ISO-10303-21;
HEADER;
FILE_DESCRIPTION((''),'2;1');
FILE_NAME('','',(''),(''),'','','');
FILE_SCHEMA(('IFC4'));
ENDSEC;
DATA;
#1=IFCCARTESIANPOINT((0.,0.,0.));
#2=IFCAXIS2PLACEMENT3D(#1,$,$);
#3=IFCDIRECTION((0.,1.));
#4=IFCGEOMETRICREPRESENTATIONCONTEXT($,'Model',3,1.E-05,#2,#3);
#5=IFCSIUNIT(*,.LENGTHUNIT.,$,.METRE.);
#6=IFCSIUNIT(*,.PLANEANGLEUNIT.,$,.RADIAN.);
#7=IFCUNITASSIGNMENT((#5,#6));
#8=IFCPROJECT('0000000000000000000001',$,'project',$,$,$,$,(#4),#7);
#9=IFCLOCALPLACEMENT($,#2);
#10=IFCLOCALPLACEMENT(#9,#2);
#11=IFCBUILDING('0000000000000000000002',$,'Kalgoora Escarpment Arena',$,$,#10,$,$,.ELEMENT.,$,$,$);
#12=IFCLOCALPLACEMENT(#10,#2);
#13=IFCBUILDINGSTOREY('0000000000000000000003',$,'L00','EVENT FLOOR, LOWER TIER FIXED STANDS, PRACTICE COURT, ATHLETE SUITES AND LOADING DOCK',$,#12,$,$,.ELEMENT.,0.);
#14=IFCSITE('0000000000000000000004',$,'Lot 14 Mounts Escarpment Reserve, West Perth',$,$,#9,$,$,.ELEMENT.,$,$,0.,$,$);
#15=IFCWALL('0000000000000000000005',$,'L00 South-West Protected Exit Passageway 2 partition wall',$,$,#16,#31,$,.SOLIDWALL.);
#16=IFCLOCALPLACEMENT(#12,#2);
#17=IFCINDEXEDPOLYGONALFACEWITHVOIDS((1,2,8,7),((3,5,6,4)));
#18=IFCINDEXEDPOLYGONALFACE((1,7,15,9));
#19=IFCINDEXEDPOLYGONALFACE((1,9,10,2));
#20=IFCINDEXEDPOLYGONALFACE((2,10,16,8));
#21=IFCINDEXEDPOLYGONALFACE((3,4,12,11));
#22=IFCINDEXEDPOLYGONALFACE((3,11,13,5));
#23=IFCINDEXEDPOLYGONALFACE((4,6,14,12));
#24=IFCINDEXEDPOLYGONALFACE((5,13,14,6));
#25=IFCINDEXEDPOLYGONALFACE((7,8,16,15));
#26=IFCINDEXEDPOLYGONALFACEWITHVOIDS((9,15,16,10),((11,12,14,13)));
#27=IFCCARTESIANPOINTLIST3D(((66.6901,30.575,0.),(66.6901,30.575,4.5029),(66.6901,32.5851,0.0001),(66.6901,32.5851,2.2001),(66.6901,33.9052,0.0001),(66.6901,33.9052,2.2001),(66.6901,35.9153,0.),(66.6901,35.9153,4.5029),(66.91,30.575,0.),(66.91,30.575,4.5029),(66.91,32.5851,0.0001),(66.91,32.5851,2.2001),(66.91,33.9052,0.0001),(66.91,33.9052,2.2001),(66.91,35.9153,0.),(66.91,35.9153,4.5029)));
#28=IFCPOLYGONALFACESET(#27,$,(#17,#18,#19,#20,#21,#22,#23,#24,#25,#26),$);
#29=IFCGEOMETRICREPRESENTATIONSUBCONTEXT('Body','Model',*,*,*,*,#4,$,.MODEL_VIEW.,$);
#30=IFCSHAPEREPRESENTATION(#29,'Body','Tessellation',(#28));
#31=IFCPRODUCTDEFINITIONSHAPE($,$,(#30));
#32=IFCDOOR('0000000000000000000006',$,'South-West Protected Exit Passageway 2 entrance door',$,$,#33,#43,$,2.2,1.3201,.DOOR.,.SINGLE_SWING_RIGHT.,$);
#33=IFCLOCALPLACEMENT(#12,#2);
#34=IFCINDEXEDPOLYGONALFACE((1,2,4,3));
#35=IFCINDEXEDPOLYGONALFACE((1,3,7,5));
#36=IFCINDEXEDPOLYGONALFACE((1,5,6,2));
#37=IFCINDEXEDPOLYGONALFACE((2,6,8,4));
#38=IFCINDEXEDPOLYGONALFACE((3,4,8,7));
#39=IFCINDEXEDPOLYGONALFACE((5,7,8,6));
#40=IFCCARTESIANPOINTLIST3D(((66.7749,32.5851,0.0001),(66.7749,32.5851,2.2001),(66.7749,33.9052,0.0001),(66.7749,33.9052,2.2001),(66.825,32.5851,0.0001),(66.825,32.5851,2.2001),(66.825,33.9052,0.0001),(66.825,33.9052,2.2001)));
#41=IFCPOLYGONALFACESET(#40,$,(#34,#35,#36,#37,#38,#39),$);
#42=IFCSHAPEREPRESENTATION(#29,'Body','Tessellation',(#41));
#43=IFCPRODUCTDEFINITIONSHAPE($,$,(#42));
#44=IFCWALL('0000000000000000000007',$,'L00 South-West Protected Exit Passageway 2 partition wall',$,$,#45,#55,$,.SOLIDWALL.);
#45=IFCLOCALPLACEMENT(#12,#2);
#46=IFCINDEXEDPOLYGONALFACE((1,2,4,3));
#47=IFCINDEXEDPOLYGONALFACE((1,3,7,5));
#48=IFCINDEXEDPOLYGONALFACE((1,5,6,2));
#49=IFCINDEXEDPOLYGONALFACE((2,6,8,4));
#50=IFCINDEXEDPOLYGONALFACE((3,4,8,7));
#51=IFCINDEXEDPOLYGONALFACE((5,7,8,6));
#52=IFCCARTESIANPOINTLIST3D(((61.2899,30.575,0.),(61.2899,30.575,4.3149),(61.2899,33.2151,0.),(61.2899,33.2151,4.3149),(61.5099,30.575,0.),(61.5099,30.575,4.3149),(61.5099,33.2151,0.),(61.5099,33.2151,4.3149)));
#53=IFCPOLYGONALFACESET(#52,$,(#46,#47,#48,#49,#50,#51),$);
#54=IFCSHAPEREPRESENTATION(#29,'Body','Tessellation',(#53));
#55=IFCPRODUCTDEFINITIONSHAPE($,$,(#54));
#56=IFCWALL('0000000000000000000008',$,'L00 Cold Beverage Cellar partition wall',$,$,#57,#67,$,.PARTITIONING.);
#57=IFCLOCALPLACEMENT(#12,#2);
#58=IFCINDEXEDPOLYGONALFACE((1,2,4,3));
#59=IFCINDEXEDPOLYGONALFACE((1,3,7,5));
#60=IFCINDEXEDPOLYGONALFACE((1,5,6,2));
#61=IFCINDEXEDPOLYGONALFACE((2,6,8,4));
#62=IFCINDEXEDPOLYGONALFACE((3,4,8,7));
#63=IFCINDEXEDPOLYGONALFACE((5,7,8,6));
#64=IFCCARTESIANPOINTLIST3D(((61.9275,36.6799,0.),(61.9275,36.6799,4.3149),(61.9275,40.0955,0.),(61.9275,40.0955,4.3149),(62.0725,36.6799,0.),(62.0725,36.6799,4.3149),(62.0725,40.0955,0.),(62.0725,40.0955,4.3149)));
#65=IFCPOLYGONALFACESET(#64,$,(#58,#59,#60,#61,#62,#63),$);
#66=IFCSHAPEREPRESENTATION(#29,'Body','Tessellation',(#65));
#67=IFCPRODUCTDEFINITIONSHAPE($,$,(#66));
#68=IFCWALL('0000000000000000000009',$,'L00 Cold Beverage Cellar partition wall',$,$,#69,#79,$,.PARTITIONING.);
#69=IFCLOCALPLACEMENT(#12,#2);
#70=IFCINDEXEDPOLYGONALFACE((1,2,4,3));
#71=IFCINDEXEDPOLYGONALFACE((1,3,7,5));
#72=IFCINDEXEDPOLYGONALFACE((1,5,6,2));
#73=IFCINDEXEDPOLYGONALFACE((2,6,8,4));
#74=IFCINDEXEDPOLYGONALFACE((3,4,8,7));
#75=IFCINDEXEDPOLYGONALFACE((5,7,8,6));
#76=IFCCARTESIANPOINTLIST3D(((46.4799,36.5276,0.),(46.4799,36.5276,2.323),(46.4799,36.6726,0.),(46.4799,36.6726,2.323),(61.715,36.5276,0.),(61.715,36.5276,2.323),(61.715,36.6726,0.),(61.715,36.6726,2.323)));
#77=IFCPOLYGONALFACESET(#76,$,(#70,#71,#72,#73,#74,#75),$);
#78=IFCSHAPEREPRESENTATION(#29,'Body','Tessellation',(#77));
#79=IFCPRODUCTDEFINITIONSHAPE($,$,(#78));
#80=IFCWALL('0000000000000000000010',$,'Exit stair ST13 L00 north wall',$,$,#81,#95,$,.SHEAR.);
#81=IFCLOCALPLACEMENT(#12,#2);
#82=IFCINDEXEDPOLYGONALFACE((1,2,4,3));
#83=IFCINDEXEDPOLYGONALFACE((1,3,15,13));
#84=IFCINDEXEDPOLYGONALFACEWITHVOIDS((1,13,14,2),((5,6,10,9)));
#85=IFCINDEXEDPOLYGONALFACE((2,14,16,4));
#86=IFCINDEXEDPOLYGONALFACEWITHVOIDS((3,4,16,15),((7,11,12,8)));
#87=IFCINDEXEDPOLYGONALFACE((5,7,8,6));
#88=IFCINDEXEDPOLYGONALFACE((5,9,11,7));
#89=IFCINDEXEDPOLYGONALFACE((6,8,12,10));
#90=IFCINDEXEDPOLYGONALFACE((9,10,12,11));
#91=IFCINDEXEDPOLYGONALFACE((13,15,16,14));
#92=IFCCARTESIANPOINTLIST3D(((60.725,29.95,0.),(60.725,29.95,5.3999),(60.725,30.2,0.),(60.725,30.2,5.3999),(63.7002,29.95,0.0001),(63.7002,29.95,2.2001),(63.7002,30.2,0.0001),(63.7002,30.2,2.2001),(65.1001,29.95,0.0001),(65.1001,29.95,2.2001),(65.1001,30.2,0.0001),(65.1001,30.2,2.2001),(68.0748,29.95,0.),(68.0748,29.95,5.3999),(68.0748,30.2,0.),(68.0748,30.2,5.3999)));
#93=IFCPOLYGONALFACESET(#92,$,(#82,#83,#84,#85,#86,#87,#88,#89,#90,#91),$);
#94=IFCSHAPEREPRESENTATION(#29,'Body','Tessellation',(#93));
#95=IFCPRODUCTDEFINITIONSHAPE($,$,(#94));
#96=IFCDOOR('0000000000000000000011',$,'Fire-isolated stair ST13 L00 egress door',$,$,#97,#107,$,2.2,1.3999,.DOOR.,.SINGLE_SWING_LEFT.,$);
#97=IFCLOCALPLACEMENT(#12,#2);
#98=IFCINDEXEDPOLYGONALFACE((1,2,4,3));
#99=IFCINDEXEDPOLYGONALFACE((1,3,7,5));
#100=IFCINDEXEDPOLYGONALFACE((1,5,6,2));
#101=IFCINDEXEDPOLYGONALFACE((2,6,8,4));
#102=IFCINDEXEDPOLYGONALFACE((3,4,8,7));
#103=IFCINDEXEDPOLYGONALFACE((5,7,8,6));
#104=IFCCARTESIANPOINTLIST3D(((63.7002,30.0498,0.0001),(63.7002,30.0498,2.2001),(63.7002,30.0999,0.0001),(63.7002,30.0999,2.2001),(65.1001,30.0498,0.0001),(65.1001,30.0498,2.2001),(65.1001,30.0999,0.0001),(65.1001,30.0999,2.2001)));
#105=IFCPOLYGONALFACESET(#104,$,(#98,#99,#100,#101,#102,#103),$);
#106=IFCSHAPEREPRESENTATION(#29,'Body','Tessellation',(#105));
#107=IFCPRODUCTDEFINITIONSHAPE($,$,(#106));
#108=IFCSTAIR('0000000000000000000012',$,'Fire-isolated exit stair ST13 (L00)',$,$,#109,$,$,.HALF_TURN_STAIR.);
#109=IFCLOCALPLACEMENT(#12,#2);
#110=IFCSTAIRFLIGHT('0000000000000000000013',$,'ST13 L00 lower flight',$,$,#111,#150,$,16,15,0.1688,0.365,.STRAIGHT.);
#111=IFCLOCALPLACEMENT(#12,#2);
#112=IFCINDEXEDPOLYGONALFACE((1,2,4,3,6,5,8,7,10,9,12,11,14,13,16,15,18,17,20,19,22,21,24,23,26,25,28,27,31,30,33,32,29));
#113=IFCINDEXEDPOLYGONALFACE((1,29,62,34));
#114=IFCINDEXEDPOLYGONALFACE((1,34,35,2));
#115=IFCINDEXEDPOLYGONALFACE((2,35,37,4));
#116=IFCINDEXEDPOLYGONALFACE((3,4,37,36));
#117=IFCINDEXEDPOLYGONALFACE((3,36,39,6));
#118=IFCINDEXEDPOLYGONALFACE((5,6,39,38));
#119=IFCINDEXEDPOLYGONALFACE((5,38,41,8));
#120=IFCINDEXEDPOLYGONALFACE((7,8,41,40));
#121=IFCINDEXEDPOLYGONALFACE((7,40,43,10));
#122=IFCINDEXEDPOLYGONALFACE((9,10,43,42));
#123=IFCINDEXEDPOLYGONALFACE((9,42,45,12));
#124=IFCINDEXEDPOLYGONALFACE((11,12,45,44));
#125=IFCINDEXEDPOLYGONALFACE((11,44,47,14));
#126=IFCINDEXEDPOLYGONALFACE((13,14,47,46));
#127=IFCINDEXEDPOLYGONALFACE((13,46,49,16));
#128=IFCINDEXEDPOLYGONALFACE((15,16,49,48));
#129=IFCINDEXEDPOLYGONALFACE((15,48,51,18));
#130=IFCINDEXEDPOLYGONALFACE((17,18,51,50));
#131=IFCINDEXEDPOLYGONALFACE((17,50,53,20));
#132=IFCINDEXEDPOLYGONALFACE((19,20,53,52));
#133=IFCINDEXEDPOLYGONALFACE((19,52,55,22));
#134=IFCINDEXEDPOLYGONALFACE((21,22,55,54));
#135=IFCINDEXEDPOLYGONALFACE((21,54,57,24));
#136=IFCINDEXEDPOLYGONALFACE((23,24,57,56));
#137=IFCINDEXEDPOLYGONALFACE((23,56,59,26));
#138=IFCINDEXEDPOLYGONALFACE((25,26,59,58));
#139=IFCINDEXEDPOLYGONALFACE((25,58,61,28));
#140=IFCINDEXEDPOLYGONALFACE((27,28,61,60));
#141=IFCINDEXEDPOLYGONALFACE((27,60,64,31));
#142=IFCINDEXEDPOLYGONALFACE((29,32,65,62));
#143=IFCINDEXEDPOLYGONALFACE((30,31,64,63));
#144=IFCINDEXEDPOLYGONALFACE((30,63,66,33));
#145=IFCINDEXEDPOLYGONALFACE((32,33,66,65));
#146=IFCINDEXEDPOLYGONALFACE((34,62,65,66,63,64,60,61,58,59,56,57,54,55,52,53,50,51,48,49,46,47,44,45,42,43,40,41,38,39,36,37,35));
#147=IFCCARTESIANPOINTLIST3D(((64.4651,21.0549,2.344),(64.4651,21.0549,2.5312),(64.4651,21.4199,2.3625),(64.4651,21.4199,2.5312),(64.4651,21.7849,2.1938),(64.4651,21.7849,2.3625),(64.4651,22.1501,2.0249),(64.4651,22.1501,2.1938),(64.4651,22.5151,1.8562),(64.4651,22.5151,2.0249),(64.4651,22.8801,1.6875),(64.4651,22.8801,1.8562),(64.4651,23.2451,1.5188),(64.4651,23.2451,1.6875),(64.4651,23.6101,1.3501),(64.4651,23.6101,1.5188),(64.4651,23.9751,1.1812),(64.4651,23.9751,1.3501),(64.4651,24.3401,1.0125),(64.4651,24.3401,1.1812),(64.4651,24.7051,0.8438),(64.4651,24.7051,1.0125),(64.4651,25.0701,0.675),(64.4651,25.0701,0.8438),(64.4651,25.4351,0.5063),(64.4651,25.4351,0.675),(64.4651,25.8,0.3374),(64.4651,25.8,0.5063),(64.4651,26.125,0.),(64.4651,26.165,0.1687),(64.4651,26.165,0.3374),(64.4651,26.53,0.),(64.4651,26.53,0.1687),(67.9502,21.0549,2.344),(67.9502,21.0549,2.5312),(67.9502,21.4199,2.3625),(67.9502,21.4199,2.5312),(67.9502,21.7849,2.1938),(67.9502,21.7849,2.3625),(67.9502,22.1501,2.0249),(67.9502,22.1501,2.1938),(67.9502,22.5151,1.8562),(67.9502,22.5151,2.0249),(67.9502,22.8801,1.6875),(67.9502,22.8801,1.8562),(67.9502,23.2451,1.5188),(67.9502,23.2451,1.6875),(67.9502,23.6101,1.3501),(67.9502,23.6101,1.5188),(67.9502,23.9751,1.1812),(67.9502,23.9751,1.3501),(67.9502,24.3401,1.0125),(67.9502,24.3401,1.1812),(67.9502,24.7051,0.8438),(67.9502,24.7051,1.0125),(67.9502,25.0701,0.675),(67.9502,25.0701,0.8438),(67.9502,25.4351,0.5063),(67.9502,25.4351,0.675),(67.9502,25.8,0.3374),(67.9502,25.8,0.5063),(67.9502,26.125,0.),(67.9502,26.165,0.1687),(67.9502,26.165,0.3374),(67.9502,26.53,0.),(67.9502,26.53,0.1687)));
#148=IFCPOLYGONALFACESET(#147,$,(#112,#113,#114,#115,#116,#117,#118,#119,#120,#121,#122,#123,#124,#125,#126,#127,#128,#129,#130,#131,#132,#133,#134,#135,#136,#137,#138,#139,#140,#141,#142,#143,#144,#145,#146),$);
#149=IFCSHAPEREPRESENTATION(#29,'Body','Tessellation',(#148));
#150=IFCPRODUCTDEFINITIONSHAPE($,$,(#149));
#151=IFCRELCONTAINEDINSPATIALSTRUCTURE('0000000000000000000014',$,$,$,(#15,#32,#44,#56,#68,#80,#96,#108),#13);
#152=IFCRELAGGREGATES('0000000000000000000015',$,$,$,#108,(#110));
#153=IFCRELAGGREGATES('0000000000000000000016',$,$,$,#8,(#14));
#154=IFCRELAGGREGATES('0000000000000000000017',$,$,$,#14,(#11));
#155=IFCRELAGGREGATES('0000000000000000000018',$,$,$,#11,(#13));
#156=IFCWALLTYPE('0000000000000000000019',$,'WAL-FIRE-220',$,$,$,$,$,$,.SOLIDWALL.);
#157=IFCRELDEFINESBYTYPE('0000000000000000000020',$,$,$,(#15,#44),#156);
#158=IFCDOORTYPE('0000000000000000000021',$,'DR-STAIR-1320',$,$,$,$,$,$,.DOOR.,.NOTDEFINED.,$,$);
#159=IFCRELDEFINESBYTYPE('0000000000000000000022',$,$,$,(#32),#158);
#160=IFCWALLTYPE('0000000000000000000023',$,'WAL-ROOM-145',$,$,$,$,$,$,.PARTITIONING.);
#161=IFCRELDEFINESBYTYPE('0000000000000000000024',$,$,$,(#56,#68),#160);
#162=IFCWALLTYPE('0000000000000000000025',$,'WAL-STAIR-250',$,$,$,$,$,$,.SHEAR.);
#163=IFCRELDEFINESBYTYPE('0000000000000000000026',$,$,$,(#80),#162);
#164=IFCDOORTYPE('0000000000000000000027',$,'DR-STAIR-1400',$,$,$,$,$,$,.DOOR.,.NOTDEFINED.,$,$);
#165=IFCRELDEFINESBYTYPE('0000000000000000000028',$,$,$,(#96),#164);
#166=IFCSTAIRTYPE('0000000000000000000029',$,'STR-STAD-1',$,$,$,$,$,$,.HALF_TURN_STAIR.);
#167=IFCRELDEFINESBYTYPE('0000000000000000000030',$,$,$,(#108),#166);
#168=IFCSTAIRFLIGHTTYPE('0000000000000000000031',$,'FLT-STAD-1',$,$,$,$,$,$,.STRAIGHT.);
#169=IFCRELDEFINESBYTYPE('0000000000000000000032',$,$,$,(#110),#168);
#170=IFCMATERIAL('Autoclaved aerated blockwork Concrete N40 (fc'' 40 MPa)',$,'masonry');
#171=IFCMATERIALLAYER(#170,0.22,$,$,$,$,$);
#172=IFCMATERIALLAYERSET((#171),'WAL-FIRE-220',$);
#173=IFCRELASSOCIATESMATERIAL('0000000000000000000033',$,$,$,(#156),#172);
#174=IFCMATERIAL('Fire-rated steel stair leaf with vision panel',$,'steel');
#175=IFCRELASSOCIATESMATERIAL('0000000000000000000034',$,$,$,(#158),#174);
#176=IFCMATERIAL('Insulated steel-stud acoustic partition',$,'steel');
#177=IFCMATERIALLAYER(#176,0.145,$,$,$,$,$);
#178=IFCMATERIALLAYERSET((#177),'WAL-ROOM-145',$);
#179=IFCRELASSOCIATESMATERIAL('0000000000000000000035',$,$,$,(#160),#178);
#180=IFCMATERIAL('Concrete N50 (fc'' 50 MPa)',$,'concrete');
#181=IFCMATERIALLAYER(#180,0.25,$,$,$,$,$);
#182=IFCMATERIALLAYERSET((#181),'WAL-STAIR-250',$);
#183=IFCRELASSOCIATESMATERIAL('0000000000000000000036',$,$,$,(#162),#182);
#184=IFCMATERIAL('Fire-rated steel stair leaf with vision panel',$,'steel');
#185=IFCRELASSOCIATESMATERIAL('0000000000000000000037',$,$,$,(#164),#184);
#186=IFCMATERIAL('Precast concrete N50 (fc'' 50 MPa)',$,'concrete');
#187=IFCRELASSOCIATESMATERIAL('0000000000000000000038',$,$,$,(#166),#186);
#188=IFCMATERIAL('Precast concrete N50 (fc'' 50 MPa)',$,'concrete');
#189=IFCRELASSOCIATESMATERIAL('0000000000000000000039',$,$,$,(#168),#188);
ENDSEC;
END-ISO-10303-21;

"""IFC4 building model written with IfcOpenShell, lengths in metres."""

from ifc_helpers import new_model, si_unit, direction, frame, frame_2d, origin, place, context, subcontext, project, spatial, polyline, rectangle, outline, extrude, material, layer, layer_set, type_object, element, fill, aggregate, save


model = new_model("IFC4")

# Units and contexts
model_context = context("Model", 3, precision=1e-05, world=origin(), true_north=direction((0.0, 1.0)))
body_context = subcontext(model_context, "Body", "Model", "MODEL_VIEW")
ifc_project = project(units=[si_unit("LENGTHUNIT", "METRE"), si_unit("PLANEANGLEUNIT", "RADIAN")], contexts=[model_context])

# Site, building, storey
site_placement = place(None, origin())
site = spatial("IfcSite", under=ifc_project, at=site_placement, Name="Lot 14 Mounts Escarpment Reserve, West Perth", CompositionType="ELEMENT", RefElevation=0.0)
building_placement = place(site_placement, origin())
building = spatial("IfcBuilding", under=site, at=building_placement, Name="Kalgoora Escarpment Arena", CompositionType="ELEMENT")
storey_placement = place(building_placement, origin())
storey = spatial("IfcBuildingStorey", under=building, at=storey_placement, Name="L00", Description="EVENT FLOOR, LOWER TIER FIXED STANDS, PRACTICE COURT, ATHLETE SUITES AND LOADING DOCK", CompositionType="ELEMENT", Elevation=0.0)

# Shared definitions
ifc_material_1 = material(Name="Autoclaved aerated blockwork Concrete N40 (fc' 40 MPa)", Category="masonry")
ifc_layer_1 = layer(ifc_material_1, 0.22)
ifc_layer_set_1 = layer_set([ifc_layer_1], Name="WAL-FIRE-220")
wall_type_1 = type_object("IfcWallType", Name="WAL-FIRE-220", PredefinedType="SOLIDWALL", material=ifc_layer_set_1)

# Wall, opening, door
wall_1_placement = place(storey_placement, frame((66.8, 35.9153, 0.0), z_axis=(0.0, 0.0, 1.0), x_axis=(0.0, -1.0, 0.0)))
wall_1 = element("IfcWall", 1, at=wall_1_placement, inside=storey, type_object=wall_type_1, Name="L00 South-West Protected Exit Passageway 2 partition wall", PredefinedType="SOLIDWALL", context=body_context, shape_type="SweptSolid", body=[
    extrude(rectangle(XDim=5.3403, YDim=0.22, at=frame_2d((2.6702, 0.0))), origin(), (0.0, 0.0, 1.0), 4.5029),
])
opening_1_placement = place(wall_1_placement, frame((2.01, 0.0, 0.0)))
opening_1 = element("IfcOpeningElement", 2, at=opening_1_placement, cuts=wall_1, PredefinedType="OPENING", context=body_context, shape_type="SweptSolid", body=[
    extrude(rectangle(XDim=1.3201, YDim=2.2, at=frame_2d((0.6602, 1.1001))), frame((0.0, 0.1199, 0.0), z_axis=(0.0, -1.0, 0.0), x_axis=(1.0, 0.0, 0.0)), (0.0, 0.0, 1.0), 0.24),
])
ifc_material_2 = material(Name="Fire-rated steel stair leaf with vision panel", Category="steel")
door_type_1 = type_object("IfcDoorType", Name="DR-STAIR-1320", OperationType="NOTDEFINED", PredefinedType="DOOR", material=ifc_material_2)
door_1_placement = place(opening_1_placement, origin())
door_1 = element("IfcDoor", 3, at=door_1_placement, inside=storey, type_object=door_type_1, Name="South-West Protected Exit Passageway 2 entrance door", OperationType="SINGLE_SWING_RIGHT", OverallHeight=2.2, OverallWidth=1.3201, PredefinedType="DOOR", context=body_context, shape_type="SweptSolid", body=[
    extrude(rectangle(XDim=1.3201, YDim=2.2, at=frame_2d((0.6602, 1.1001))), frame((0.0, 0.0249, 0.0), z_axis=(0.0, -1.0, 0.0), x_axis=(1.0, 0.0, 0.0)), (0.0, 0.0, 1.0), 0.05),
])
fill(opening_1, door_1)

# Walls
wall_2_placement = place(storey_placement, frame((61.3999, 30.575, 0.0), z_axis=(0.0, 0.0, 1.0), x_axis=(0.0, 1.0, 0.0)))
element("IfcWall", 4, at=wall_2_placement, inside=storey, type_object=wall_type_1, Name="L00 South-West Protected Exit Passageway 2 partition wall", PredefinedType="SOLIDWALL", context=body_context, shape_type="SweptSolid", body=[
    extrude(rectangle(XDim=2.6401, YDim=0.22, at=frame_2d((1.3201, 0.0))), origin(), (0.0, 0.0, 1.0), 4.3149),
])
ifc_material_3 = material(Name="Insulated steel-stud acoustic partition", Category="steel")
ifc_layer_2 = layer(ifc_material_3, 0.145)
ifc_layer_set_2 = layer_set([ifc_layer_2], Name="WAL-ROOM-145")
wall_type_2 = type_object("IfcWallType", Name="WAL-ROOM-145", PredefinedType="PARTITIONING", material=ifc_layer_set_2)
wall_3_placement = place(storey_placement, frame((62.0, 40.0955, 0.0), z_axis=(0.0, 0.0, 1.0), x_axis=(0.0, -1.0, 0.0)))
element("IfcWall", 5, at=wall_3_placement, inside=storey, type_object=wall_type_2, Name="L00 Cold Beverage Cellar partition wall", PredefinedType="PARTITIONING", context=body_context, shape_type="SweptSolid", body=[
    extrude(rectangle(XDim=3.4155, YDim=0.145, at=frame_2d((1.7078, 0.0))), origin(), (0.0, 0.0, 1.0), 4.3149),
])
wall_4_placement = place(storey_placement, frame((61.7151, 36.6001, 0.0), z_axis=(0.0, 0.0, 1.0), x_axis=(-1.0, 0.0, 0.0)))
element("IfcWall", 6, at=wall_4_placement, inside=storey, type_object=wall_type_2, Name="L00 Cold Beverage Cellar partition wall", PredefinedType="PARTITIONING", context=body_context, shape_type="SweptSolid", body=[
    extrude(rectangle(XDim=15.2351, YDim=0.145, at=frame_2d((7.6177, 0.0))), origin(), (0.0, 0.0, 1.0), 2.323),
])

# Wall, opening, door
ifc_material_4 = material(Name="Concrete N50 (fc' 50 MPa)", Category="concrete")
ifc_layer_3 = layer(ifc_material_4, 0.25)
ifc_layer_set_3 = layer_set([ifc_layer_3], Name="WAL-STAIR-250")
wall_type_3 = type_object("IfcWallType", Name="WAL-STAIR-250", PredefinedType="SHEAR", material=ifc_layer_set_3)
wall_5_placement = place(storey_placement, frame((60.7251, 30.075, 0.0), z_axis=(0.0, 0.0, 1.0), x_axis=(1.0, 0.0, 0.0)))
wall_5 = element("IfcWall", 7, at=wall_5_placement, inside=storey, type_object=wall_type_3, Name="Exit stair ST13 L00 north wall", PredefinedType="SHEAR", context=body_context, shape_type="SweptSolid", body=[
    extrude(rectangle(XDim=7.3499, YDim=0.25, at=frame_2d((3.6748, 0.0))), origin(), (0.0, 0.0, 1.0), 5.3999),
])
opening_2_placement = place(wall_5_placement, frame((2.9751, 0.0, 0.0)))
opening_2 = element("IfcOpeningElement", 8, at=opening_2_placement, cuts=wall_5, PredefinedType="OPENING", context=body_context, shape_type="SweptSolid", body=[
    extrude(rectangle(XDim=1.3999, YDim=2.2, at=frame_2d((0.7, 1.1001))), frame((0.0, 0.135, 0.0), z_axis=(0.0, -1.0, 0.0), x_axis=(1.0, 0.0, 0.0)), (0.0, 0.0, 1.0), 0.27),
])
ifc_material_5 = material(Name="Fire-rated steel stair leaf with vision panel", Category="steel")
door_type_2 = type_object("IfcDoorType", Name="DR-STAIR-1400", OperationType="NOTDEFINED", PredefinedType="DOOR", material=ifc_material_5)
door_2_placement = place(opening_2_placement, origin())
door_2 = element("IfcDoor", 9, at=door_2_placement, inside=storey, type_object=door_type_2, Name="Fire-isolated stair ST13 L00 egress door", OperationType="SINGLE_SWING_LEFT", OverallHeight=2.2, OverallWidth=1.3999, PredefinedType="DOOR", context=body_context, shape_type="SweptSolid", body=[
    extrude(rectangle(XDim=1.3999, YDim=2.2, at=frame_2d((0.7, 1.1001))), frame((0.0, 0.0249, 0.0), z_axis=(0.0, -1.0, 0.0), x_axis=(1.0, 0.0, 0.0)), (0.0, 0.0, 1.0), 0.05),
])
fill(opening_2, door_2)

# Stair, stair flight
ifc_material_6 = material(Name="Precast concrete N50 (fc' 50 MPa)", Category="concrete")
stair_type = type_object("IfcStairType", Name="STR-STAD-1", PredefinedType="HALF_TURN_STAIR", material=ifc_material_6)
stair_placement = place(storey_placement, origin())
stair = element("IfcStair", 10, at=stair_placement, inside=storey, type_object=stair_type, Name="Fire-isolated exit stair ST13 (L00)", PredefinedType="HALF_TURN_STAIR")
ifc_material_7 = material(Name="Precast concrete N50 (fc' 50 MPa)", Category="concrete")
stair_flight_type = type_object("IfcStairFlightType", Name="FLT-STAD-1", PredefinedType="STRAIGHT", material=ifc_material_7)
stair_flight_placement = place(storey_placement, frame((66.2075, 26.53, 0.0), z_axis=(0.0, 0.0, 1.0), x_axis=(0.0, -1.0, 0.0)))
stair_flight = element("IfcStairFlight", 11, at=stair_flight_placement, type_object=stair_flight_type, Name="ST13 L00 lower flight", NumberOfRisers=16, NumberOfTreads=15, PredefinedType="STRAIGHT", RiserHeight=0.1688, TreadLength=0.365, context=body_context, shape_type="SweptSolid", body=[
    extrude(outline(polyline([(0.0, 0.0), (0.0, 0.1687), (0.365, 0.1687), (0.365, 0.3374), (0.73, 0.3374), (0.73, 0.5063), (1.095, 0.5063), (1.095, 0.675), (1.46, 0.675), (1.46, 0.8438), (1.825, 0.8438), (1.825, 1.0125), (2.1899, 1.0125), (2.1899, 1.1812), (2.5549, 1.1812), (2.5549, 1.3501), (2.9199, 1.3501), (2.9199, 1.5188), (3.2849, 1.5188), (3.2849, 1.6875), (3.6499, 1.6875), (3.6499, 1.8562), (4.0149, 1.8562), (4.0149, 2.0249), (4.3799, 2.0249), (4.3799, 2.1938), (4.7451, 2.1938), (4.7451, 2.3625), (5.1101, 2.3625), (5.1101, 2.5312), (5.4751, 2.5312), (5.4751, 2.7), (5.4751, 2.344), (0.405, 0.0), (0.0, 0.0)])), frame((0.0, 1.7427, 0.0), z_axis=(0.0, -1.0, 0.0), x_axis=(1.0, 0.0, 0.0)), (0.0, 0.0, 1.0), 3.4851),
])
aggregate(stair, [stair_flight])

save(model, "model.ifc")
